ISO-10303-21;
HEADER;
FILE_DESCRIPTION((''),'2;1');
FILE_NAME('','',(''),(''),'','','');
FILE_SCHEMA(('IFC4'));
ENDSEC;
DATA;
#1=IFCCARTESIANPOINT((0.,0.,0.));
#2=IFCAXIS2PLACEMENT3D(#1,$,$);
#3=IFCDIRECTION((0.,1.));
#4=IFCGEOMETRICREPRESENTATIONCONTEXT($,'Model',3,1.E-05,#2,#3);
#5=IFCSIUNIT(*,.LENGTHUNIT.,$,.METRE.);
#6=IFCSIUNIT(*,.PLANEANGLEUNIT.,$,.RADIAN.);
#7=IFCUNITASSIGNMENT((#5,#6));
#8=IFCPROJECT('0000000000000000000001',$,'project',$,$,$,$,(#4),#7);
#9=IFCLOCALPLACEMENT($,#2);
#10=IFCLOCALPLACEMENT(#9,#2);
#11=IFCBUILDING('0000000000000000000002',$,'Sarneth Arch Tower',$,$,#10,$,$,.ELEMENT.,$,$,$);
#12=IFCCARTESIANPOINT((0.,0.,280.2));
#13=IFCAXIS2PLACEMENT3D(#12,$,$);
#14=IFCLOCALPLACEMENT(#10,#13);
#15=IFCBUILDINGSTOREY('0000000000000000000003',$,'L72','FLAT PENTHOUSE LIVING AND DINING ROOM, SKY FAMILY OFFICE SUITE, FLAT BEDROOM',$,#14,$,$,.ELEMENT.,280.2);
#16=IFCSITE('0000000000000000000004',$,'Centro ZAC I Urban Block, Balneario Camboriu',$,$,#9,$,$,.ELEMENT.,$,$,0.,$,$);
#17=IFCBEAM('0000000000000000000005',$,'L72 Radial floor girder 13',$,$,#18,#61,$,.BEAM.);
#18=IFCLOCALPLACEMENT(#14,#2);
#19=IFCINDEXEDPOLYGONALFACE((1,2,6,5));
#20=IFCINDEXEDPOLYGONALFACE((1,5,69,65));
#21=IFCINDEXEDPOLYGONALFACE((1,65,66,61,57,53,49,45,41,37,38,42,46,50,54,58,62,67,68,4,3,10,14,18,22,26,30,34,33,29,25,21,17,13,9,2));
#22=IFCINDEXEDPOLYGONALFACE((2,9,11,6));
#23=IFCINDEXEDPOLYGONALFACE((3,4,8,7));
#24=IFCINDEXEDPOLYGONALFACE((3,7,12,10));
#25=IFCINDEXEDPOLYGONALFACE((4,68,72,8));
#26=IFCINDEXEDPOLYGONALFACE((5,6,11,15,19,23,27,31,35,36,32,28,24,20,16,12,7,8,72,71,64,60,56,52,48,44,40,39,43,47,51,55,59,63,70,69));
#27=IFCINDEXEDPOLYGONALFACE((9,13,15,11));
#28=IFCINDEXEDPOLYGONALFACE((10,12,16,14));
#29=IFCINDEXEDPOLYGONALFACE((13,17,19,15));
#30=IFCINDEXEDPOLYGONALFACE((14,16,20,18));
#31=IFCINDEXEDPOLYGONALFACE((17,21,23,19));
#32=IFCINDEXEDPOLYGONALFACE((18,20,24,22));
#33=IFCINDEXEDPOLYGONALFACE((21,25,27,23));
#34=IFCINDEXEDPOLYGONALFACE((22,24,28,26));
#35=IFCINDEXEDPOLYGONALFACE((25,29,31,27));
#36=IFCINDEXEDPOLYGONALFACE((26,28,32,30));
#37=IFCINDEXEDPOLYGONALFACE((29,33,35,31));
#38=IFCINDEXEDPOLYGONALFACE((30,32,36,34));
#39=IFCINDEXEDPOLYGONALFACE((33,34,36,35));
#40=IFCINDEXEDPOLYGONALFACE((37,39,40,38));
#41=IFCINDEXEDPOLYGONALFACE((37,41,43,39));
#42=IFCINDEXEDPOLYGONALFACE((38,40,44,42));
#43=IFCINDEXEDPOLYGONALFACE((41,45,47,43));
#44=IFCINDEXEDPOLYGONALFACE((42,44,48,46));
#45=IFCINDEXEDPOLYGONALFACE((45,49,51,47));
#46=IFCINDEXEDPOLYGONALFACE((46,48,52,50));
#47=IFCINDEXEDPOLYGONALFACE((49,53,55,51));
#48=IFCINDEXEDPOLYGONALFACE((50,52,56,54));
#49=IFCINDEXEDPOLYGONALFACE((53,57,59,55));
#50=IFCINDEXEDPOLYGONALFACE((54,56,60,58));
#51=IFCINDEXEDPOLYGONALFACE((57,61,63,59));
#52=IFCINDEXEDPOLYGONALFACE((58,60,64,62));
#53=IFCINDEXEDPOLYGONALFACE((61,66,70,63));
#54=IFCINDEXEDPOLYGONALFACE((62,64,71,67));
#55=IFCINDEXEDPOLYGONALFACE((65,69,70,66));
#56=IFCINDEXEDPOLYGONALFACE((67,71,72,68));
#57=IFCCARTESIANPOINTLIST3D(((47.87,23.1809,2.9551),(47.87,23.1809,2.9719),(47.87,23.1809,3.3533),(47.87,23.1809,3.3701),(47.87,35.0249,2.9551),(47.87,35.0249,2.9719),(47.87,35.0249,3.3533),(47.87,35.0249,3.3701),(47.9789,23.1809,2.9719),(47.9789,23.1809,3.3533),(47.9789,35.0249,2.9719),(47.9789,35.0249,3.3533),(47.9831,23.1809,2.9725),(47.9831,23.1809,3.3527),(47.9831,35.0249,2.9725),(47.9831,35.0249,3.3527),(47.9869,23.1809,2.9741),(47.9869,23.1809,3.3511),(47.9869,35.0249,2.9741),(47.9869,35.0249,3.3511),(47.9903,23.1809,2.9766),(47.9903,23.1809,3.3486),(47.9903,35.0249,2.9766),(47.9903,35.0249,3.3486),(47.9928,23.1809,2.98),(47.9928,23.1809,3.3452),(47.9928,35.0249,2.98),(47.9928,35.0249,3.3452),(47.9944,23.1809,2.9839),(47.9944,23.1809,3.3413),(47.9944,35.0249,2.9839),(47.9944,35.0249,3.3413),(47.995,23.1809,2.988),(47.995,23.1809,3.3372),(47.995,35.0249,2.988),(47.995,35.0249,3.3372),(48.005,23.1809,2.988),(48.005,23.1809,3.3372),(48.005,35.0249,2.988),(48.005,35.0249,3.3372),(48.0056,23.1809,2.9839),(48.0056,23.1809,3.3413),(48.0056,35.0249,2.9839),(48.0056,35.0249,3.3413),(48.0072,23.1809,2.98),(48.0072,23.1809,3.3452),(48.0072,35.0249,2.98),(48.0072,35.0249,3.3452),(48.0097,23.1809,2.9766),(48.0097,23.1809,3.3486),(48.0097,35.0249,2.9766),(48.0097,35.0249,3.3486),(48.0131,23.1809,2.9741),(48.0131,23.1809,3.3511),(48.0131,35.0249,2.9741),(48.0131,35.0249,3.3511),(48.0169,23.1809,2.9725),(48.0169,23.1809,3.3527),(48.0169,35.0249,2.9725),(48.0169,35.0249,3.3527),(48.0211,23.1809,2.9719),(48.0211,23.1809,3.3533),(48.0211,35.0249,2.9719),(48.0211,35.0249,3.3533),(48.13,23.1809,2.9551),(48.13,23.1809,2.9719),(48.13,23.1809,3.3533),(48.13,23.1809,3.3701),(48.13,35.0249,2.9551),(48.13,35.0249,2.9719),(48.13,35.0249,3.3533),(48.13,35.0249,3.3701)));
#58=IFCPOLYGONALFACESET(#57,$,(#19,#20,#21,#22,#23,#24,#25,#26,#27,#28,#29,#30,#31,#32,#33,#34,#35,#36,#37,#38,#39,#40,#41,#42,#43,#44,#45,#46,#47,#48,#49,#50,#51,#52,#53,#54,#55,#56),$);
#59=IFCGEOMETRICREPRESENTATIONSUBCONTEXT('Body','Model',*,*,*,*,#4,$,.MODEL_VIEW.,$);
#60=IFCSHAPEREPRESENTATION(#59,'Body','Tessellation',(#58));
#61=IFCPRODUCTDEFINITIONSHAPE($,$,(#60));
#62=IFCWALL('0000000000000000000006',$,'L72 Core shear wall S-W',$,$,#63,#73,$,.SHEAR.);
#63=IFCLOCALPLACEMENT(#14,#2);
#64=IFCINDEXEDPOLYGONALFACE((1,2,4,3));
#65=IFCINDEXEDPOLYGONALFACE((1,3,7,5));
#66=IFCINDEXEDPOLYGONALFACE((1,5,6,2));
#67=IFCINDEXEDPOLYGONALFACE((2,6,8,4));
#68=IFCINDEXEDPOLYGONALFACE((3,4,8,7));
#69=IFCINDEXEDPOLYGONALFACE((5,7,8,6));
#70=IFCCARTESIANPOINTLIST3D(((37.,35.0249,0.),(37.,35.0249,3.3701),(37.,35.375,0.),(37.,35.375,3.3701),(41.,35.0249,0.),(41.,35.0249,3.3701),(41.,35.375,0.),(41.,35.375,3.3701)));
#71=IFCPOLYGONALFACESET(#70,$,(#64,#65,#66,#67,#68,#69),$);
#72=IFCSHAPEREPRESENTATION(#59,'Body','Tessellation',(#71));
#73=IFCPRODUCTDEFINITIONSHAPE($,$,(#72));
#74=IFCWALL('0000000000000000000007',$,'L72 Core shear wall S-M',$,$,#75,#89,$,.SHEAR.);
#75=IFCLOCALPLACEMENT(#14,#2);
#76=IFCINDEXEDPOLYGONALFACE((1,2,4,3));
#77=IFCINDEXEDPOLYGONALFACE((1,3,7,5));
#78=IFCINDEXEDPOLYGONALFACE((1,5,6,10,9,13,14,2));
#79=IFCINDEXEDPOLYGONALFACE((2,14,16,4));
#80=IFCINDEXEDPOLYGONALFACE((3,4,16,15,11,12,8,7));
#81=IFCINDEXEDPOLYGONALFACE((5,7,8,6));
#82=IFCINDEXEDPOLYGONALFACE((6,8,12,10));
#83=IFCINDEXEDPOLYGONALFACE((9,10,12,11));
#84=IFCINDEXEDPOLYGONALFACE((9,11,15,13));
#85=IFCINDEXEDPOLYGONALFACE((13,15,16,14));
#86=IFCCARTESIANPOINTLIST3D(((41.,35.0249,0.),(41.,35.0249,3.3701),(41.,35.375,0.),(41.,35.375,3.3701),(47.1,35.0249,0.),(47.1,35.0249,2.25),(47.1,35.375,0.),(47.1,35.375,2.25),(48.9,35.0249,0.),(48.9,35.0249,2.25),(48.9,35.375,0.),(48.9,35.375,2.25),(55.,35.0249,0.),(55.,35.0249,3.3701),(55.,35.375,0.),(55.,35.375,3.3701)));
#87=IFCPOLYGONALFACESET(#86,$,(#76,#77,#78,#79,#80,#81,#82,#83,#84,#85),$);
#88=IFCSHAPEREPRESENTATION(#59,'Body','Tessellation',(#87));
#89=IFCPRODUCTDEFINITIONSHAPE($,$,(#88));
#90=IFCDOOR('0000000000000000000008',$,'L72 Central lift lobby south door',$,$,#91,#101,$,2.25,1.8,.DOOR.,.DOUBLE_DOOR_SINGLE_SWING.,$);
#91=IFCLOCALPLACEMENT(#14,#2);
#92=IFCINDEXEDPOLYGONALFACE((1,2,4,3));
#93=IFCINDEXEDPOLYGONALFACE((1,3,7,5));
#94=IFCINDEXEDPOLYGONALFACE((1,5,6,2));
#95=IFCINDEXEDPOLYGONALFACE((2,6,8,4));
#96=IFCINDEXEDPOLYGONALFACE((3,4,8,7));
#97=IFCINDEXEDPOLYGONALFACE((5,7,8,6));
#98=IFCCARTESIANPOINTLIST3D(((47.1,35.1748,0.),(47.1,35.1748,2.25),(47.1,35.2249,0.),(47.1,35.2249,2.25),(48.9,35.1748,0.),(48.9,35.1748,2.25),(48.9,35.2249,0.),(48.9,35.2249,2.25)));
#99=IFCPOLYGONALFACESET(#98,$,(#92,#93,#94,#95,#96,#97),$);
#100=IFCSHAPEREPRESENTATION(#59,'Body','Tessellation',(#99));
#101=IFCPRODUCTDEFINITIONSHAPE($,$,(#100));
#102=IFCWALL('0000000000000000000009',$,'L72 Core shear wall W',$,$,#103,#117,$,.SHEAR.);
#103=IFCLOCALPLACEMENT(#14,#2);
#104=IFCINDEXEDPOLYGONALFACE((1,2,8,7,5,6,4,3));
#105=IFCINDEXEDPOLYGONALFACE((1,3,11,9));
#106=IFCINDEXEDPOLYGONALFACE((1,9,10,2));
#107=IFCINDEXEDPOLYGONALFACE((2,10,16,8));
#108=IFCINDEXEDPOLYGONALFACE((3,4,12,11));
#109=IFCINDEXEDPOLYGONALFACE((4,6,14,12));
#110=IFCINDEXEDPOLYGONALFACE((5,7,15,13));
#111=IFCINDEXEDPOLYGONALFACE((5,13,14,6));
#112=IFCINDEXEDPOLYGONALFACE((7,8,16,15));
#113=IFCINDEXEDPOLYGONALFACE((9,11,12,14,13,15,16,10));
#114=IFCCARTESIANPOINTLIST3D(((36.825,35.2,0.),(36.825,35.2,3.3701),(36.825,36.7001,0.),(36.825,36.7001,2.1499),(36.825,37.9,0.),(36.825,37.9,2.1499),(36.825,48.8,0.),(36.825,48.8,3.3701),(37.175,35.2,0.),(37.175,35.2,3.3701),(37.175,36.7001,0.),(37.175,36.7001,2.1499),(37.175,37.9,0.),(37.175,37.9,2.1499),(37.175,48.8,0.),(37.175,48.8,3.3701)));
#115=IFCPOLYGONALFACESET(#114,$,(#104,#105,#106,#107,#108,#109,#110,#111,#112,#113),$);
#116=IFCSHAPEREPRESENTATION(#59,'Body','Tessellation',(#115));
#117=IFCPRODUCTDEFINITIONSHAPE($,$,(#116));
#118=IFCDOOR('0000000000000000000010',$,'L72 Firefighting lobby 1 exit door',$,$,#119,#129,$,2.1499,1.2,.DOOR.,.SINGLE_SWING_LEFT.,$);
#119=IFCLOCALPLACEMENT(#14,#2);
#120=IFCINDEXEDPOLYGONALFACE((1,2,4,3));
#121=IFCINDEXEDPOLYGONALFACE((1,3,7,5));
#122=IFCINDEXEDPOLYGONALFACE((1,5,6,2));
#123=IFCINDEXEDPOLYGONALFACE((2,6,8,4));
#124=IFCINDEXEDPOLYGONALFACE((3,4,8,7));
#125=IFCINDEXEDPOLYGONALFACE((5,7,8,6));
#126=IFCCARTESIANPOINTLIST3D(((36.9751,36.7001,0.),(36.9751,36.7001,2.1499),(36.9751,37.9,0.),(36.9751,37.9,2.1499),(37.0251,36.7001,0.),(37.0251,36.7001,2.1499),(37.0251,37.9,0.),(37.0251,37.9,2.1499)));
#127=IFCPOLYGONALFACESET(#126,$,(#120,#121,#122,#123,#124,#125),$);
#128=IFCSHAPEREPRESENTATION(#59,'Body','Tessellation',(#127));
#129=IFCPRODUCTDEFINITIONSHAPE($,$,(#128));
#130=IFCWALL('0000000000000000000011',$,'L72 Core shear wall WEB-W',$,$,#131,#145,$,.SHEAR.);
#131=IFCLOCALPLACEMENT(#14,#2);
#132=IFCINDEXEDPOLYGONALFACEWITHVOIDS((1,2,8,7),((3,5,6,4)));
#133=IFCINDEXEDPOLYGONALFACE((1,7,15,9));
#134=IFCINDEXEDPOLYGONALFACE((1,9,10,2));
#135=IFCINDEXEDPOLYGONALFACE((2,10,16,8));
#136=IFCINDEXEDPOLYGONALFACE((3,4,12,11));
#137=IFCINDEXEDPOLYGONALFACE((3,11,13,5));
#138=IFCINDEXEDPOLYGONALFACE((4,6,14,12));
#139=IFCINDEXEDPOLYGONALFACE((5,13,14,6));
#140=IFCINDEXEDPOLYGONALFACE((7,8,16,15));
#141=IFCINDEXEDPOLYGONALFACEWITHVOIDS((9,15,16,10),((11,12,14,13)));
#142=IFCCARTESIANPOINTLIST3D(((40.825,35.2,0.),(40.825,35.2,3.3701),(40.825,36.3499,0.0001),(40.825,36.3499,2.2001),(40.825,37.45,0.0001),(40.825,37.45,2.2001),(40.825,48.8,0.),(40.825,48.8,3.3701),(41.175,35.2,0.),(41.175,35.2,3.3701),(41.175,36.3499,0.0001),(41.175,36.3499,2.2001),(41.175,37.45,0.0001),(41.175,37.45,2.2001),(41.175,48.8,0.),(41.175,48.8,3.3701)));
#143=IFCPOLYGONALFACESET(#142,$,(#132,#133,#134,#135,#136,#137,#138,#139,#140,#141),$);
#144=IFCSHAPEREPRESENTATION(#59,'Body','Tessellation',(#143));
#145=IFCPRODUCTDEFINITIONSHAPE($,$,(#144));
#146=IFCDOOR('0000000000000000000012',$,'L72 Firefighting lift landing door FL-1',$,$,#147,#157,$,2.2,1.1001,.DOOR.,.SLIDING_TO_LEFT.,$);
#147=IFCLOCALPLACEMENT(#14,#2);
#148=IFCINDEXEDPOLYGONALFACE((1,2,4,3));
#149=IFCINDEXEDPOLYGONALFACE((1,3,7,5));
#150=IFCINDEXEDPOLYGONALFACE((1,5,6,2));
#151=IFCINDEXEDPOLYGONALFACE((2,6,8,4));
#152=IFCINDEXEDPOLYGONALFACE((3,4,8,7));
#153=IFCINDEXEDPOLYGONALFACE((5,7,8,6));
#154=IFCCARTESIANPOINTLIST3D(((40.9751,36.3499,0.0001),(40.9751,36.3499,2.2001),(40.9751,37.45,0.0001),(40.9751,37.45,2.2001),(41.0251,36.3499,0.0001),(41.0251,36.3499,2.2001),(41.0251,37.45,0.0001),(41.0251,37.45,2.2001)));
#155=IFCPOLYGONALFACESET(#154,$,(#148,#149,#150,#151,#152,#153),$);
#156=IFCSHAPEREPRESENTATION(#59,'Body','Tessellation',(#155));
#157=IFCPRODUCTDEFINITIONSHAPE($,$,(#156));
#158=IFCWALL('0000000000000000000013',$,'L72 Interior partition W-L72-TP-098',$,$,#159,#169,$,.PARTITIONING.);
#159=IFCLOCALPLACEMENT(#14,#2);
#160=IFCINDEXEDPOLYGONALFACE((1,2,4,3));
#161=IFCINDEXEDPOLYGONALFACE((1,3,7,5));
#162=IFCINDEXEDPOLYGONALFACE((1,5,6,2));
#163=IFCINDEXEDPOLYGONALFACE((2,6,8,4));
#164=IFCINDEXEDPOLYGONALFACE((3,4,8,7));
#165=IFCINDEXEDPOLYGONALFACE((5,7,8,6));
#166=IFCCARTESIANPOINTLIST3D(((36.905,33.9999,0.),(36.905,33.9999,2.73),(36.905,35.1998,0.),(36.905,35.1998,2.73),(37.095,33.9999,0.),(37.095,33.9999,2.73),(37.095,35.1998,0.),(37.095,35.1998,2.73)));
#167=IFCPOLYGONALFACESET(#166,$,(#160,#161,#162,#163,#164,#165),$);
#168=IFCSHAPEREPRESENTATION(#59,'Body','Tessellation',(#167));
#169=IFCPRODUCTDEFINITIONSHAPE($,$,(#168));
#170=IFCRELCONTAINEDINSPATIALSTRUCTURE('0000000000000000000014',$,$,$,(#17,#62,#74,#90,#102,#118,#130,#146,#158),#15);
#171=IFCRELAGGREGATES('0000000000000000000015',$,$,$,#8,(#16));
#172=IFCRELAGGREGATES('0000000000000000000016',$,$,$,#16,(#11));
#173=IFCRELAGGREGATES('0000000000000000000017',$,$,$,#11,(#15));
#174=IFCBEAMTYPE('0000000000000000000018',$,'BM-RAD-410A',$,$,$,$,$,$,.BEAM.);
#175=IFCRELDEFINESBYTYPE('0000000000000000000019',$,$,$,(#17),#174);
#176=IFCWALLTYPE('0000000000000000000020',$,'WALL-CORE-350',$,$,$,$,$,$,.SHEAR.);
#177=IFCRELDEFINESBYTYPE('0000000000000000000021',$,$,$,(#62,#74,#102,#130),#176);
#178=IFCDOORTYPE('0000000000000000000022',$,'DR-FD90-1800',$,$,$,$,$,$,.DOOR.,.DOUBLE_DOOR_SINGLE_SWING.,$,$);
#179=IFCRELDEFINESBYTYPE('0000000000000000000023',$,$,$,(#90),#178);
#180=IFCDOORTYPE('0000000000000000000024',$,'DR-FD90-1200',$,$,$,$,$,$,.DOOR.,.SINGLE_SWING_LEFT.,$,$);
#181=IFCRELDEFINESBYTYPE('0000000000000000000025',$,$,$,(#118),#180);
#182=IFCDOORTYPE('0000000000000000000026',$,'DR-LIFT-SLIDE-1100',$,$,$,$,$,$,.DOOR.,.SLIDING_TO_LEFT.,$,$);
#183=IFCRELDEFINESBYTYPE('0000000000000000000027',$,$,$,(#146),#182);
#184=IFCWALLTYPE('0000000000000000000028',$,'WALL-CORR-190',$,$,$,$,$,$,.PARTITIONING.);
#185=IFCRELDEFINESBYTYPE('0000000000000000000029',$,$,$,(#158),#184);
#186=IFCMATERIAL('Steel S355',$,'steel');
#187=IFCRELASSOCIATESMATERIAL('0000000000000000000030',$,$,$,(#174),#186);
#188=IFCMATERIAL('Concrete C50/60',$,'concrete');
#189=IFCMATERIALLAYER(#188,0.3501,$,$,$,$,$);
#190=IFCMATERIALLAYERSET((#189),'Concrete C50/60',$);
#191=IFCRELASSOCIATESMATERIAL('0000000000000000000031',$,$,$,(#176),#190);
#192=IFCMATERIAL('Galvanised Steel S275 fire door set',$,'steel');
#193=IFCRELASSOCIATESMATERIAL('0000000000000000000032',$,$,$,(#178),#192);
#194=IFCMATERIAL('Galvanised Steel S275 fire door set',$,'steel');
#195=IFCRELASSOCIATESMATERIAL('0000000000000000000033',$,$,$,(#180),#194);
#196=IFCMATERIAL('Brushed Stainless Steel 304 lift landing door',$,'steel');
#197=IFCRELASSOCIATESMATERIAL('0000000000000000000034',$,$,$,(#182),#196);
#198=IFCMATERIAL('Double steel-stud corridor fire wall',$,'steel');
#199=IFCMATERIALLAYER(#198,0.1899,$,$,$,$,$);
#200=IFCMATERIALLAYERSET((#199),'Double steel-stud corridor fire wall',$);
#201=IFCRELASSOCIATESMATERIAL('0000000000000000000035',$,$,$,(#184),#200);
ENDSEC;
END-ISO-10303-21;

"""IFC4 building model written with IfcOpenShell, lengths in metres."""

from ifc_helpers import new_model, si_unit, direction, frame, frame_2d, origin, origin_2d, place, context, subcontext, project, spatial, rectangle, i_section, extrude, material, layer, layer_set, material_profile, profile_set, type_object, element, fill, save


model = new_model("IFC4")

# Units and contexts
model_context = context("Model", 3, precision=1e-05, world=origin(), true_north=direction((0.0, 1.0)))
body_context = subcontext(model_context, "Body", "Model", "MODEL_VIEW")
ifc_project = project(units=[si_unit("LENGTHUNIT", "METRE"), si_unit("PLANEANGLEUNIT", "RADIAN")], contexts=[model_context])

# Site, building, storey
site_placement = place(None, origin())
site = spatial("IfcSite", under=ifc_project, at=site_placement, Name="Centro ZAC I Urban Block, Balneario Camboriu", CompositionType="ELEMENT", RefElevation=0.0)
building_placement = place(site_placement, origin())
building = spatial("IfcBuilding", under=site, at=building_placement, Name="Sarneth Arch Tower", CompositionType="ELEMENT")
storey_placement = place(building_placement, frame((0.0, 0.0, 280.2)))
storey = spatial("IfcBuildingStorey", under=building, at=storey_placement, Name="L72", Description="FLAT PENTHOUSE LIVING AND DINING ROOM, SKY FAMILY OFFICE SUITE, FLAT BEDROOM", CompositionType="ELEMENT", Elevation=280.2)

# Beam
ifc_material_1 = material(Name="Steel S355", Category="steel")
ifc_material_profile_1 = material_profile(ifc_material_1, i_section(OverallWidth=0.26, OverallDepth=0.415, WebThickness=0.01, FlangeThickness=0.0168, FilletRadius=0.0161, at=origin_2d()), Name="W410x100")
ifc_profile_set_1 = profile_set([ifc_material_profile_1], Name="Steel S355")
beam_type_1 = type_object("IfcBeamType", Name="BM-RAD-410A", PredefinedType="BEAM", material=ifc_profile_set_1)
beam_1_placement = place(storey_placement, frame((48.0, 35.0249, 3.1626), z_axis=(0.0, -1.0, 0.0), x_axis=(1.0, 0.0, 0.0)))
element("IfcBeam", 1, at=beam_1_placement, inside=storey, type_object=beam_type_1, Name="L72 Radial floor girder 13", PredefinedType="BEAM", context=body_context, shape_type="SweptSolid", body=[
    extrude(i_section(OverallWidth=0.26, OverallDepth=0.415, WebThickness=0.01, FlangeThickness=0.0168, FilletRadius=0.0161, at=origin_2d()), origin(), (0.0, 0.0, 1.0), 11.844),
])

# Wall
ifc_material_2 = material(Name="Concrete C50/60", Category="concrete")
ifc_layer_1 = layer(ifc_material_2, 0.3501)
ifc_layer_set_1 = layer_set([ifc_layer_1], Name="Concrete C50/60")
wall_type_1 = type_object("IfcWallType", Name="WALL-CORE-350", PredefinedType="SHEAR", material=ifc_layer_set_1)
wall_1_placement = place(storey_placement, frame((37.0, 35.2, 0.0), z_axis=(0.0, 0.0, 1.0), x_axis=(1.0, 0.0, 0.0)))
element("IfcWall", 2, at=wall_1_placement, inside=storey, type_object=wall_type_1, Name="L72 Core shear wall S-W", PredefinedType="SHEAR", context=body_context, shape_type="SweptSolid", body=[
    extrude(rectangle(XDim=4.0, YDim=0.3501, at=frame_2d((2.0, 0.0))), origin(), (0.0, 0.0, 1.0), 3.3701),
])

# Walls, openings, doors
wall_2_placement = place(storey_placement, frame((41.0, 35.2, 0.0), z_axis=(0.0, 0.0, 1.0), x_axis=(1.0, 0.0, 0.0)))
wall_2 = element("IfcWall", 3, at=wall_2_placement, inside=storey, type_object=wall_type_1, Name="L72 Core shear wall S-M", PredefinedType="SHEAR", context=body_context, shape_type="SweptSolid", body=[
    extrude(rectangle(XDim=14.0, YDim=0.3501, at=frame_2d((7.0, 0.0))), origin(), (0.0, 0.0, 1.0), 3.3701),
])
opening_1_placement = place(wall_2_placement, frame((6.1001, 0.0, 0.0)))
opening_1 = element("IfcOpeningElement", 4, at=opening_1_placement, cuts=wall_2, PredefinedType="OPENING", context=body_context, shape_type="SweptSolid", body=[
    extrude(rectangle(XDim=1.8, YDim=2.25, at=frame_2d((0.8999, 1.125))), frame((0.0, 0.1851, 0.0), z_axis=(0.0, -1.0, 0.0), x_axis=(1.0, 0.0, 0.0)), (0.0, 0.0, 1.0), 0.3701),
])
ifc_material_3 = material(Name="Galvanised Steel S275 fire door set", Category="steel")
door_type_1 = type_object("IfcDoorType", Name="DR-FD90-1800", OperationType="DOUBLE_DOOR_SINGLE_SWING", PredefinedType="DOOR", material=ifc_material_3)
door_1_placement = place(opening_1_placement, origin())
door_1 = element("IfcDoor", 5, at=door_1_placement, inside=storey, type_object=door_type_1, Name="L72 Central lift lobby south door", OperationType="DOUBLE_DOOR_SINGLE_SWING", OverallHeight=2.25, OverallWidth=1.8, PredefinedType="DOOR", context=body_context, shape_type="SweptSolid", body=[
    extrude(rectangle(XDim=1.8, YDim=2.25, at=frame_2d((0.8999, 1.125))), frame((0.0, 0.0249, 0.0), z_axis=(0.0, -1.0, 0.0), x_axis=(1.0, 0.0, 0.0)), (0.0, 0.0, 1.0), 0.05),
])
fill(opening_1, door_1)
wall_3_placement = place(storey_placement, frame((37.0, 35.2, 0.0), z_axis=(0.0, 0.0, 1.0), x_axis=(0.0, 1.0, 0.0)))
wall_3 = element("IfcWall", 6, at=wall_3_placement, inside=storey, type_object=wall_type_1, Name="L72 Core shear wall W", PredefinedType="SHEAR", context=body_context, shape_type="SweptSolid", body=[
    extrude(rectangle(XDim=13.6001, YDim=0.3501, at=frame_2d((6.8, 0.0))), origin(), (0.0, 0.0, 1.0), 3.3701),
])
opening_2_placement = place(wall_3_placement, frame((1.5, 0.0, 0.0)))
opening_2 = element("IfcOpeningElement", 7, at=opening_2_placement, cuts=wall_3, PredefinedType="OPENING", context=body_context, shape_type="SweptSolid", body=[
    extrude(rectangle(XDim=1.2, YDim=2.1499, at=frame_2d((0.6001, 1.075))), frame((0.0, 0.1851, 0.0), z_axis=(0.0, -1.0, 0.0), x_axis=(1.0, 0.0, 0.0)), (0.0, 0.0, 1.0), 0.3701),
])
ifc_material_4 = material(Name="Galvanised Steel S275 fire door set", Category="steel")
door_type_2 = type_object("IfcDoorType", Name="DR-FD90-1200", OperationType="SINGLE_SWING_LEFT", PredefinedType="DOOR", material=ifc_material_4)
door_2_placement = place(opening_2_placement, origin())
door_2 = element("IfcDoor", 8, at=door_2_placement, inside=storey, type_object=door_type_2, Name="L72 Firefighting lobby 1 exit door", OperationType="SINGLE_SWING_LEFT", OverallHeight=2.1499, OverallWidth=1.2, PredefinedType="DOOR", context=body_context, shape_type="SweptSolid", body=[
    extrude(rectangle(XDim=1.2, YDim=2.1499, at=frame_2d((0.6001, 1.075))), frame((0.0, 0.0249, 0.0), z_axis=(0.0, -1.0, 0.0), x_axis=(1.0, 0.0, 0.0)), (0.0, 0.0, 1.0), 0.05),
])
fill(opening_2, door_2)
wall_4_placement = place(storey_placement, frame((41.0, 35.2, 0.0), z_axis=(0.0, 0.0, 1.0), x_axis=(0.0, 1.0, 0.0)))
wall_4 = element("IfcWall", 9, at=wall_4_placement, inside=storey, type_object=wall_type_1, Name="L72 Core shear wall WEB-W", PredefinedType="SHEAR", context=body_context, shape_type="SweptSolid", body=[
    extrude(rectangle(XDim=13.6001, YDim=0.3501, at=frame_2d((6.8, 0.0))), origin(), (0.0, 0.0, 1.0), 3.3701),
])
opening_3_placement = place(wall_4_placement, frame((1.1499, 0.0, 0.0)))
opening_3 = element("IfcOpeningElement", 10, at=opening_3_placement, cuts=wall_4, PredefinedType="OPENING", context=body_context, shape_type="SweptSolid", body=[
    extrude(rectangle(XDim=1.1001, YDim=2.2, at=frame_2d((0.55, 1.1001))), frame((0.0, 0.1851, 0.0), z_axis=(0.0, -1.0, 0.0), x_axis=(1.0, 0.0, 0.0)), (0.0, 0.0, 1.0), 0.3701),
])
ifc_material_5 = material(Name="Brushed Stainless Steel 304 lift landing door", Category="steel")
door_type_3 = type_object("IfcDoorType", Name="DR-LIFT-SLIDE-1100", OperationType="SLIDING_TO_LEFT", PredefinedType="DOOR", material=ifc_material_5)
door_3_placement = place(opening_3_placement, origin())
door_3 = element("IfcDoor", 11, at=door_3_placement, inside=storey, type_object=door_type_3, Name="L72 Firefighting lift landing door FL-1", OperationType="SLIDING_TO_LEFT", OverallHeight=2.2, OverallWidth=1.1001, PredefinedType="DOOR", context=body_context, shape_type="SweptSolid", body=[
    extrude(rectangle(XDim=1.1001, YDim=2.2, at=frame_2d((0.55, 1.1001))), frame((0.0, 0.0249, 0.0), z_axis=(0.0, -1.0, 0.0), x_axis=(1.0, 0.0, 0.0)), (0.0, 0.0, 1.0), 0.05),
])
fill(opening_3, door_3)

# Wall
ifc_material_6 = material(Name="Double steel-stud corridor fire wall", Category="steel")
ifc_layer_2 = layer(ifc_material_6, 0.1899)
ifc_layer_set_2 = layer_set([ifc_layer_2], Name="Double steel-stud corridor fire wall")
wall_type_2 = type_object("IfcWallType", Name="WALL-CORR-190", PredefinedType="PARTITIONING", material=ifc_layer_set_2)
wall_5_placement = place(storey_placement, frame((37.0, 35.2, 0.0), z_axis=(0.0, 0.0, 1.0), x_axis=(0.0, -1.0, 0.0)))
element("IfcWall", 12, at=wall_5_placement, inside=storey, type_object=wall_type_2, Name="L72 Interior partition W-L72-TP-098", PredefinedType="PARTITIONING", context=body_context, shape_type="SweptSolid", body=[
    extrude(rectangle(XDim=1.2, YDim=0.1899, at=frame_2d((0.6001, 0.0))), origin(), (0.0, 0.0, 1.0), 2.73),
])

save(model, "model.ifc")
